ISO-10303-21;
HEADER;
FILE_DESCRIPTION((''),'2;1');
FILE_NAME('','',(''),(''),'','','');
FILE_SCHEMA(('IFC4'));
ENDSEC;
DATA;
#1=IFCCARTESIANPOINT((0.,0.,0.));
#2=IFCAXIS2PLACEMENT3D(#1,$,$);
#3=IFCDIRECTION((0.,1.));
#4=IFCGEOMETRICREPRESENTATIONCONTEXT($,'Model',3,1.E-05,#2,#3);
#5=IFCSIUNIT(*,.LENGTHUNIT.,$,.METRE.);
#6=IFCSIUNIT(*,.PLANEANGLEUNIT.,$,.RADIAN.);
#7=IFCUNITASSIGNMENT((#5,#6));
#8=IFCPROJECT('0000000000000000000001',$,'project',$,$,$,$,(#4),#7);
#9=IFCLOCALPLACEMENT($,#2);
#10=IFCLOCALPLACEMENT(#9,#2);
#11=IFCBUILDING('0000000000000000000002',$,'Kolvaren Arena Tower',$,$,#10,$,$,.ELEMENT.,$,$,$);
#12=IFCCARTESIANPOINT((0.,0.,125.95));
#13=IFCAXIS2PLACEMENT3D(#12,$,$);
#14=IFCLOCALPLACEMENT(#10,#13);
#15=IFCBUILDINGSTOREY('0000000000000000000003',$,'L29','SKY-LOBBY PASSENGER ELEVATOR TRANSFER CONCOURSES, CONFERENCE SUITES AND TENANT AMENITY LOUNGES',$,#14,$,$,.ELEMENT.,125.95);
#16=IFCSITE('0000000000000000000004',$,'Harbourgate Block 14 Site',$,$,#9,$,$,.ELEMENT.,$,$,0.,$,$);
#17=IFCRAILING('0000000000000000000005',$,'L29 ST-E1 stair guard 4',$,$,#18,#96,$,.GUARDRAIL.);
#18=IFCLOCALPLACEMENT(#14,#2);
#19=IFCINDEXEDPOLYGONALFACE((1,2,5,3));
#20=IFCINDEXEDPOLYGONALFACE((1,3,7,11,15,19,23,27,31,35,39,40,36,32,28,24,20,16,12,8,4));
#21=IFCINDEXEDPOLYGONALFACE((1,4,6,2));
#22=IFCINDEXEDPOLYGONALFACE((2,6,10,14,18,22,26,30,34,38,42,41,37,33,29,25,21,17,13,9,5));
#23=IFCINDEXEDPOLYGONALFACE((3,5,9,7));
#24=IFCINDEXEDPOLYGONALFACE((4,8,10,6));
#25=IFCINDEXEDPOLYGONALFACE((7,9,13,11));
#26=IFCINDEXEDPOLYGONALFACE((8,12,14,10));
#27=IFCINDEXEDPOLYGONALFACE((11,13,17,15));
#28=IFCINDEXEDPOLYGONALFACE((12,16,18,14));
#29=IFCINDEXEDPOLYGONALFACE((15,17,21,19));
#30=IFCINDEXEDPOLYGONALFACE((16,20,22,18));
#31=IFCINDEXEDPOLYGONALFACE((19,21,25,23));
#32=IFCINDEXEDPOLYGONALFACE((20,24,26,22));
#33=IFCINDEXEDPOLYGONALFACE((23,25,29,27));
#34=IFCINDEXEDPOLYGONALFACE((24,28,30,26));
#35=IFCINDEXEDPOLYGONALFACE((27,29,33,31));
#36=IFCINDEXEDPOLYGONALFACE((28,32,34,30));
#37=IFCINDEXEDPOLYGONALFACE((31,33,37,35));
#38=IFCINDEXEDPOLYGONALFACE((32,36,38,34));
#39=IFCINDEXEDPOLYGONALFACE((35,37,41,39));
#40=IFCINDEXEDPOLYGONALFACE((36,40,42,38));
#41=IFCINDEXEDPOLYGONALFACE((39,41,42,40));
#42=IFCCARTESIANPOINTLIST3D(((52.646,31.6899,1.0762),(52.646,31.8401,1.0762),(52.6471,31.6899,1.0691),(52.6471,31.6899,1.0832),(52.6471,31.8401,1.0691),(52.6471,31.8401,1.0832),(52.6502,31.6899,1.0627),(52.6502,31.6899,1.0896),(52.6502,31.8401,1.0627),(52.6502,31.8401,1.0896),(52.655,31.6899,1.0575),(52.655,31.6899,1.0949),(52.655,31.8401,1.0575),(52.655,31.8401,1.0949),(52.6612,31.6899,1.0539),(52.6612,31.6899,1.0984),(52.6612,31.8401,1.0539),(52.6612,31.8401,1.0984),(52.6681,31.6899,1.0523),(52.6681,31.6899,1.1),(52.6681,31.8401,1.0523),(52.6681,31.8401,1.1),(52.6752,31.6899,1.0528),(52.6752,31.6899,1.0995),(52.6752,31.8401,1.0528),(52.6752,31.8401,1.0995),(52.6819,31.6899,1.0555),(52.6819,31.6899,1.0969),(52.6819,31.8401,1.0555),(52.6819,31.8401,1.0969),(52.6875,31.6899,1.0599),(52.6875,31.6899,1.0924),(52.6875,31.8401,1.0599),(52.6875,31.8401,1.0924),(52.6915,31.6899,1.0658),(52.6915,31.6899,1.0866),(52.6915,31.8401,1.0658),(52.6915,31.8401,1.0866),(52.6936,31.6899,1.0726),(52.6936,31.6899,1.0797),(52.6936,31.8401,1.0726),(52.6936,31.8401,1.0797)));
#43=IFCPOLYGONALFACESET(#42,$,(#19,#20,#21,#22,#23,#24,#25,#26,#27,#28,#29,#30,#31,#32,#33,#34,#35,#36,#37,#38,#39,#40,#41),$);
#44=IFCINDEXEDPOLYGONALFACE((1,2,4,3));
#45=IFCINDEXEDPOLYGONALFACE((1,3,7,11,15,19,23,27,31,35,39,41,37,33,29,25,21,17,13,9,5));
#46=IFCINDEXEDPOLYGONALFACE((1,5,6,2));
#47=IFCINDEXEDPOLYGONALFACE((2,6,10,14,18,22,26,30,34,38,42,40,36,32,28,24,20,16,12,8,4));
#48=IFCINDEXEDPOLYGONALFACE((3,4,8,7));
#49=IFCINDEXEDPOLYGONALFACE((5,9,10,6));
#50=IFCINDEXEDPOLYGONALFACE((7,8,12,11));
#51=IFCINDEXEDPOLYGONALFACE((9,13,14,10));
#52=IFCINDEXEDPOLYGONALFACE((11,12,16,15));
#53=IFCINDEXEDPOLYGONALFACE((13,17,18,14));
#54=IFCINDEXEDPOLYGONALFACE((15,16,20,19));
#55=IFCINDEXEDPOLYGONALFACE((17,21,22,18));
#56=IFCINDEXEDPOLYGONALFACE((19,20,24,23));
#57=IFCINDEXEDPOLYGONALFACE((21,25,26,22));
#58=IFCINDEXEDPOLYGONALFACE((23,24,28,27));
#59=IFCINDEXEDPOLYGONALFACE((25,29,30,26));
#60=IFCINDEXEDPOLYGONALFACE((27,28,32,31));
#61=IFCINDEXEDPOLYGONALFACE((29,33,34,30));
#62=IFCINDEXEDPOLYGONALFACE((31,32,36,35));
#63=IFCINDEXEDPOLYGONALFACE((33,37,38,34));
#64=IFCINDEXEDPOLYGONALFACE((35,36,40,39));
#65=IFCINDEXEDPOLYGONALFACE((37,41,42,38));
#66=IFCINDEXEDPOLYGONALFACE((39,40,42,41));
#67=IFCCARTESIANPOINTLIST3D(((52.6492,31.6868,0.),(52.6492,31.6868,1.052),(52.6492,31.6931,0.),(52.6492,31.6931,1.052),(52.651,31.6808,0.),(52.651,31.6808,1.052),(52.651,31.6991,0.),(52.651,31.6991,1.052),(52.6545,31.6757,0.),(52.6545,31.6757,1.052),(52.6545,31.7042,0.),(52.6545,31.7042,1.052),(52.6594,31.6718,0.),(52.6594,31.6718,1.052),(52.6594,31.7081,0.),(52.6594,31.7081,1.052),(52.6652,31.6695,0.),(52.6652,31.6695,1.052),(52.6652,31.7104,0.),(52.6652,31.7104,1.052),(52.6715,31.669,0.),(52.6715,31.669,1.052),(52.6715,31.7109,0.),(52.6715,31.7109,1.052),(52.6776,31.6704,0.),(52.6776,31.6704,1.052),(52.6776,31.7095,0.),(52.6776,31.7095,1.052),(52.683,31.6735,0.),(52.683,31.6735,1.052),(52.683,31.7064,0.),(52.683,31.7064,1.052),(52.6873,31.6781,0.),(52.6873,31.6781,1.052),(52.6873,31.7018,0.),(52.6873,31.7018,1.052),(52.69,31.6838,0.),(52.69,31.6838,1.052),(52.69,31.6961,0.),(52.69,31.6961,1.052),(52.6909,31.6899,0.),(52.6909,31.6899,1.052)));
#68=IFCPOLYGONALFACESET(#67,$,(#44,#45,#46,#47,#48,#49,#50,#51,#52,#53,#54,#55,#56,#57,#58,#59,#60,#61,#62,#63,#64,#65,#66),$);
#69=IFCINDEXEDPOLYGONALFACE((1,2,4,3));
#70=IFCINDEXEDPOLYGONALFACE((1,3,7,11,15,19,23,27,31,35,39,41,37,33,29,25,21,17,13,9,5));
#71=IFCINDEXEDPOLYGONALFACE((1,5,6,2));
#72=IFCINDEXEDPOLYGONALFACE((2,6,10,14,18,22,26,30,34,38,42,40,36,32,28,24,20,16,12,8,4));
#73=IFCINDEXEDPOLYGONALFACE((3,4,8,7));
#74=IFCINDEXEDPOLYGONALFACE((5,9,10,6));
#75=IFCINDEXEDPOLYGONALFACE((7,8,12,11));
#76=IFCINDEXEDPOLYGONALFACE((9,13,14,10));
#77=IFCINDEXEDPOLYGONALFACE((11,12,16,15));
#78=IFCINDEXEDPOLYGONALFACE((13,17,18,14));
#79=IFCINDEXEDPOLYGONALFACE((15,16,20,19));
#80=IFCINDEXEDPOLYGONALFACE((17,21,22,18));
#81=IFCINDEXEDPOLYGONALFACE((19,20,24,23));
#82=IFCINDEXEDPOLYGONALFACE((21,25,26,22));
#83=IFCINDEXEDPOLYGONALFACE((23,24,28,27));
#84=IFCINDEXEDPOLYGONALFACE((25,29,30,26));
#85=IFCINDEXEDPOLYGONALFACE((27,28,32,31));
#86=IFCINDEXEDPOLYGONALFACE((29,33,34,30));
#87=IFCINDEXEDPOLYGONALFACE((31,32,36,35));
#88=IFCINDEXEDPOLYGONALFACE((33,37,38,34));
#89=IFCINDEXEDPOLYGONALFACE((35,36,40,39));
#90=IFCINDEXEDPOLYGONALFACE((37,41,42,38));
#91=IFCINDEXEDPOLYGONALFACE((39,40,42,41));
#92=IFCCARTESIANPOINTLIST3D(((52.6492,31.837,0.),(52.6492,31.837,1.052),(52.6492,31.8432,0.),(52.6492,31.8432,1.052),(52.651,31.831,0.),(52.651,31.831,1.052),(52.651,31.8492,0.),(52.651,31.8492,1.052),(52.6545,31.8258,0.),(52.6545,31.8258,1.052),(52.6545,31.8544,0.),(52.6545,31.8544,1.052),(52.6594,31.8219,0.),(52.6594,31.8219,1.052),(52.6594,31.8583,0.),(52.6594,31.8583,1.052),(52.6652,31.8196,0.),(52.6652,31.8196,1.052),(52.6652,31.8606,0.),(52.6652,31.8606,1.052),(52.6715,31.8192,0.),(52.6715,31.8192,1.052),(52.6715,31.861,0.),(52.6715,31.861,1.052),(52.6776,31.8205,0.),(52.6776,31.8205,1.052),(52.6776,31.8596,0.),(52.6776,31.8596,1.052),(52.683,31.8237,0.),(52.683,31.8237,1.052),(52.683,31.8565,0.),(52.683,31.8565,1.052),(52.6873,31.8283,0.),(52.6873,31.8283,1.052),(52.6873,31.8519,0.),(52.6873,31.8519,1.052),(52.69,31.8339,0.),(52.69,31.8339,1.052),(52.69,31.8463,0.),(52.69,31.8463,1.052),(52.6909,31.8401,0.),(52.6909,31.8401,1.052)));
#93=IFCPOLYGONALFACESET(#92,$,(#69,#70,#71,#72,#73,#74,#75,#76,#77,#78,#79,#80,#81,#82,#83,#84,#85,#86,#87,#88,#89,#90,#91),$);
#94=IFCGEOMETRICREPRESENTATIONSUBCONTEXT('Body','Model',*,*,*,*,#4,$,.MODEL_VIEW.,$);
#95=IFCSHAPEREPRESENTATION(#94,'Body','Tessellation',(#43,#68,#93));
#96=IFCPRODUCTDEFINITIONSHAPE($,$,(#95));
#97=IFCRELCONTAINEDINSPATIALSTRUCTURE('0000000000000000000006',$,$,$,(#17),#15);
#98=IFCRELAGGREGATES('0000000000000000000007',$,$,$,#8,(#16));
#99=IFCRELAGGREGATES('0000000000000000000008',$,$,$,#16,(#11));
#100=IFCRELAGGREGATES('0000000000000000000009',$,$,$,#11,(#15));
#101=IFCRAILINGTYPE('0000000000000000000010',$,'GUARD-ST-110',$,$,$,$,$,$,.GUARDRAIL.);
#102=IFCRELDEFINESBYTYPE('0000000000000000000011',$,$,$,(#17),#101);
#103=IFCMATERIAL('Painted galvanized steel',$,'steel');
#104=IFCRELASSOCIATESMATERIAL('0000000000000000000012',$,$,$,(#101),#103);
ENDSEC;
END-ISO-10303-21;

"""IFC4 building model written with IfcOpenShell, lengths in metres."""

from ifc_helpers import new_model, si_unit, direction, frame, origin, origin_2d, place, context, subcontext, project, spatial, circle, extrude, material, type_object, element, save


model = new_model("IFC4")

# Units and contexts
model_context = context("Model", 3, precision=1e-05, world=origin(), true_north=direction((0.0, 1.0)))
body_context = subcontext(model_context, "Body", "Model", "MODEL_VIEW")
ifc_project = project(units=[si_unit("LENGTHUNIT", "METRE"), si_unit("PLANEANGLEUNIT", "RADIAN")], contexts=[model_context])

# Site, building, storey
site_placement = place(None, origin())
site = spatial("IfcSite", under=ifc_project, at=site_placement, Name="Harbourgate Block 14 Site", CompositionType="ELEMENT", RefElevation=0.0)
building_placement = place(site_placement, origin())
building = spatial("IfcBuilding", under=site, at=building_placement, Name="Kolvaren Arena Tower", CompositionType="ELEMENT")
storey_placement = place(building_placement, frame((0.0, 0.0, 125.95)))
storey = spatial("IfcBuildingStorey", under=building, at=storey_placement, Name="L29", Description="SKY-LOBBY PASSENGER ELEVATOR TRANSFER CONCOURSES, CONFERENCE SUITES AND TENANT AMENITY LOUNGES", CompositionType="ELEMENT", Elevation=125.95)

# Railing
ifc_material_1 = material(Name="Painted galvanized steel", Category="steel")
railing_type_1 = type_object("IfcRailingType", Name="GUARD-ST-110", PredefinedType="GUARDRAIL", material=ifc_material_1)
railing_1_placement = place(storey_placement, frame((52.6699, 31.6899, 0.0)))
element("IfcRailing", 1, at=railing_1_placement, inside=storey, type_object=railing_type_1, Name="L29 ST-E1 stair guard 4", PredefinedType="GUARDRAIL", context=body_context, shape_type="SweptSolid", body=[
    extrude(circle(Radius=0.0239, at=origin_2d()), frame((0.0, 0.0, 1.0762), z_axis=(0.0, 1.0, 0.0), x_axis=(-1.0, 0.0, 0.0)), (0.0, 0.0, 1.0), 0.1501),
    extrude(circle(Radius=0.021, at=origin_2d()), origin(), (0.0, 0.0, 1.0), 1.052),
    extrude(circle(Radius=0.021, at=origin_2d()), frame((0.0, 0.1501, 0.0)), (0.0, 0.0, 1.0), 1.052),
])

save(model, "model.ifc")
